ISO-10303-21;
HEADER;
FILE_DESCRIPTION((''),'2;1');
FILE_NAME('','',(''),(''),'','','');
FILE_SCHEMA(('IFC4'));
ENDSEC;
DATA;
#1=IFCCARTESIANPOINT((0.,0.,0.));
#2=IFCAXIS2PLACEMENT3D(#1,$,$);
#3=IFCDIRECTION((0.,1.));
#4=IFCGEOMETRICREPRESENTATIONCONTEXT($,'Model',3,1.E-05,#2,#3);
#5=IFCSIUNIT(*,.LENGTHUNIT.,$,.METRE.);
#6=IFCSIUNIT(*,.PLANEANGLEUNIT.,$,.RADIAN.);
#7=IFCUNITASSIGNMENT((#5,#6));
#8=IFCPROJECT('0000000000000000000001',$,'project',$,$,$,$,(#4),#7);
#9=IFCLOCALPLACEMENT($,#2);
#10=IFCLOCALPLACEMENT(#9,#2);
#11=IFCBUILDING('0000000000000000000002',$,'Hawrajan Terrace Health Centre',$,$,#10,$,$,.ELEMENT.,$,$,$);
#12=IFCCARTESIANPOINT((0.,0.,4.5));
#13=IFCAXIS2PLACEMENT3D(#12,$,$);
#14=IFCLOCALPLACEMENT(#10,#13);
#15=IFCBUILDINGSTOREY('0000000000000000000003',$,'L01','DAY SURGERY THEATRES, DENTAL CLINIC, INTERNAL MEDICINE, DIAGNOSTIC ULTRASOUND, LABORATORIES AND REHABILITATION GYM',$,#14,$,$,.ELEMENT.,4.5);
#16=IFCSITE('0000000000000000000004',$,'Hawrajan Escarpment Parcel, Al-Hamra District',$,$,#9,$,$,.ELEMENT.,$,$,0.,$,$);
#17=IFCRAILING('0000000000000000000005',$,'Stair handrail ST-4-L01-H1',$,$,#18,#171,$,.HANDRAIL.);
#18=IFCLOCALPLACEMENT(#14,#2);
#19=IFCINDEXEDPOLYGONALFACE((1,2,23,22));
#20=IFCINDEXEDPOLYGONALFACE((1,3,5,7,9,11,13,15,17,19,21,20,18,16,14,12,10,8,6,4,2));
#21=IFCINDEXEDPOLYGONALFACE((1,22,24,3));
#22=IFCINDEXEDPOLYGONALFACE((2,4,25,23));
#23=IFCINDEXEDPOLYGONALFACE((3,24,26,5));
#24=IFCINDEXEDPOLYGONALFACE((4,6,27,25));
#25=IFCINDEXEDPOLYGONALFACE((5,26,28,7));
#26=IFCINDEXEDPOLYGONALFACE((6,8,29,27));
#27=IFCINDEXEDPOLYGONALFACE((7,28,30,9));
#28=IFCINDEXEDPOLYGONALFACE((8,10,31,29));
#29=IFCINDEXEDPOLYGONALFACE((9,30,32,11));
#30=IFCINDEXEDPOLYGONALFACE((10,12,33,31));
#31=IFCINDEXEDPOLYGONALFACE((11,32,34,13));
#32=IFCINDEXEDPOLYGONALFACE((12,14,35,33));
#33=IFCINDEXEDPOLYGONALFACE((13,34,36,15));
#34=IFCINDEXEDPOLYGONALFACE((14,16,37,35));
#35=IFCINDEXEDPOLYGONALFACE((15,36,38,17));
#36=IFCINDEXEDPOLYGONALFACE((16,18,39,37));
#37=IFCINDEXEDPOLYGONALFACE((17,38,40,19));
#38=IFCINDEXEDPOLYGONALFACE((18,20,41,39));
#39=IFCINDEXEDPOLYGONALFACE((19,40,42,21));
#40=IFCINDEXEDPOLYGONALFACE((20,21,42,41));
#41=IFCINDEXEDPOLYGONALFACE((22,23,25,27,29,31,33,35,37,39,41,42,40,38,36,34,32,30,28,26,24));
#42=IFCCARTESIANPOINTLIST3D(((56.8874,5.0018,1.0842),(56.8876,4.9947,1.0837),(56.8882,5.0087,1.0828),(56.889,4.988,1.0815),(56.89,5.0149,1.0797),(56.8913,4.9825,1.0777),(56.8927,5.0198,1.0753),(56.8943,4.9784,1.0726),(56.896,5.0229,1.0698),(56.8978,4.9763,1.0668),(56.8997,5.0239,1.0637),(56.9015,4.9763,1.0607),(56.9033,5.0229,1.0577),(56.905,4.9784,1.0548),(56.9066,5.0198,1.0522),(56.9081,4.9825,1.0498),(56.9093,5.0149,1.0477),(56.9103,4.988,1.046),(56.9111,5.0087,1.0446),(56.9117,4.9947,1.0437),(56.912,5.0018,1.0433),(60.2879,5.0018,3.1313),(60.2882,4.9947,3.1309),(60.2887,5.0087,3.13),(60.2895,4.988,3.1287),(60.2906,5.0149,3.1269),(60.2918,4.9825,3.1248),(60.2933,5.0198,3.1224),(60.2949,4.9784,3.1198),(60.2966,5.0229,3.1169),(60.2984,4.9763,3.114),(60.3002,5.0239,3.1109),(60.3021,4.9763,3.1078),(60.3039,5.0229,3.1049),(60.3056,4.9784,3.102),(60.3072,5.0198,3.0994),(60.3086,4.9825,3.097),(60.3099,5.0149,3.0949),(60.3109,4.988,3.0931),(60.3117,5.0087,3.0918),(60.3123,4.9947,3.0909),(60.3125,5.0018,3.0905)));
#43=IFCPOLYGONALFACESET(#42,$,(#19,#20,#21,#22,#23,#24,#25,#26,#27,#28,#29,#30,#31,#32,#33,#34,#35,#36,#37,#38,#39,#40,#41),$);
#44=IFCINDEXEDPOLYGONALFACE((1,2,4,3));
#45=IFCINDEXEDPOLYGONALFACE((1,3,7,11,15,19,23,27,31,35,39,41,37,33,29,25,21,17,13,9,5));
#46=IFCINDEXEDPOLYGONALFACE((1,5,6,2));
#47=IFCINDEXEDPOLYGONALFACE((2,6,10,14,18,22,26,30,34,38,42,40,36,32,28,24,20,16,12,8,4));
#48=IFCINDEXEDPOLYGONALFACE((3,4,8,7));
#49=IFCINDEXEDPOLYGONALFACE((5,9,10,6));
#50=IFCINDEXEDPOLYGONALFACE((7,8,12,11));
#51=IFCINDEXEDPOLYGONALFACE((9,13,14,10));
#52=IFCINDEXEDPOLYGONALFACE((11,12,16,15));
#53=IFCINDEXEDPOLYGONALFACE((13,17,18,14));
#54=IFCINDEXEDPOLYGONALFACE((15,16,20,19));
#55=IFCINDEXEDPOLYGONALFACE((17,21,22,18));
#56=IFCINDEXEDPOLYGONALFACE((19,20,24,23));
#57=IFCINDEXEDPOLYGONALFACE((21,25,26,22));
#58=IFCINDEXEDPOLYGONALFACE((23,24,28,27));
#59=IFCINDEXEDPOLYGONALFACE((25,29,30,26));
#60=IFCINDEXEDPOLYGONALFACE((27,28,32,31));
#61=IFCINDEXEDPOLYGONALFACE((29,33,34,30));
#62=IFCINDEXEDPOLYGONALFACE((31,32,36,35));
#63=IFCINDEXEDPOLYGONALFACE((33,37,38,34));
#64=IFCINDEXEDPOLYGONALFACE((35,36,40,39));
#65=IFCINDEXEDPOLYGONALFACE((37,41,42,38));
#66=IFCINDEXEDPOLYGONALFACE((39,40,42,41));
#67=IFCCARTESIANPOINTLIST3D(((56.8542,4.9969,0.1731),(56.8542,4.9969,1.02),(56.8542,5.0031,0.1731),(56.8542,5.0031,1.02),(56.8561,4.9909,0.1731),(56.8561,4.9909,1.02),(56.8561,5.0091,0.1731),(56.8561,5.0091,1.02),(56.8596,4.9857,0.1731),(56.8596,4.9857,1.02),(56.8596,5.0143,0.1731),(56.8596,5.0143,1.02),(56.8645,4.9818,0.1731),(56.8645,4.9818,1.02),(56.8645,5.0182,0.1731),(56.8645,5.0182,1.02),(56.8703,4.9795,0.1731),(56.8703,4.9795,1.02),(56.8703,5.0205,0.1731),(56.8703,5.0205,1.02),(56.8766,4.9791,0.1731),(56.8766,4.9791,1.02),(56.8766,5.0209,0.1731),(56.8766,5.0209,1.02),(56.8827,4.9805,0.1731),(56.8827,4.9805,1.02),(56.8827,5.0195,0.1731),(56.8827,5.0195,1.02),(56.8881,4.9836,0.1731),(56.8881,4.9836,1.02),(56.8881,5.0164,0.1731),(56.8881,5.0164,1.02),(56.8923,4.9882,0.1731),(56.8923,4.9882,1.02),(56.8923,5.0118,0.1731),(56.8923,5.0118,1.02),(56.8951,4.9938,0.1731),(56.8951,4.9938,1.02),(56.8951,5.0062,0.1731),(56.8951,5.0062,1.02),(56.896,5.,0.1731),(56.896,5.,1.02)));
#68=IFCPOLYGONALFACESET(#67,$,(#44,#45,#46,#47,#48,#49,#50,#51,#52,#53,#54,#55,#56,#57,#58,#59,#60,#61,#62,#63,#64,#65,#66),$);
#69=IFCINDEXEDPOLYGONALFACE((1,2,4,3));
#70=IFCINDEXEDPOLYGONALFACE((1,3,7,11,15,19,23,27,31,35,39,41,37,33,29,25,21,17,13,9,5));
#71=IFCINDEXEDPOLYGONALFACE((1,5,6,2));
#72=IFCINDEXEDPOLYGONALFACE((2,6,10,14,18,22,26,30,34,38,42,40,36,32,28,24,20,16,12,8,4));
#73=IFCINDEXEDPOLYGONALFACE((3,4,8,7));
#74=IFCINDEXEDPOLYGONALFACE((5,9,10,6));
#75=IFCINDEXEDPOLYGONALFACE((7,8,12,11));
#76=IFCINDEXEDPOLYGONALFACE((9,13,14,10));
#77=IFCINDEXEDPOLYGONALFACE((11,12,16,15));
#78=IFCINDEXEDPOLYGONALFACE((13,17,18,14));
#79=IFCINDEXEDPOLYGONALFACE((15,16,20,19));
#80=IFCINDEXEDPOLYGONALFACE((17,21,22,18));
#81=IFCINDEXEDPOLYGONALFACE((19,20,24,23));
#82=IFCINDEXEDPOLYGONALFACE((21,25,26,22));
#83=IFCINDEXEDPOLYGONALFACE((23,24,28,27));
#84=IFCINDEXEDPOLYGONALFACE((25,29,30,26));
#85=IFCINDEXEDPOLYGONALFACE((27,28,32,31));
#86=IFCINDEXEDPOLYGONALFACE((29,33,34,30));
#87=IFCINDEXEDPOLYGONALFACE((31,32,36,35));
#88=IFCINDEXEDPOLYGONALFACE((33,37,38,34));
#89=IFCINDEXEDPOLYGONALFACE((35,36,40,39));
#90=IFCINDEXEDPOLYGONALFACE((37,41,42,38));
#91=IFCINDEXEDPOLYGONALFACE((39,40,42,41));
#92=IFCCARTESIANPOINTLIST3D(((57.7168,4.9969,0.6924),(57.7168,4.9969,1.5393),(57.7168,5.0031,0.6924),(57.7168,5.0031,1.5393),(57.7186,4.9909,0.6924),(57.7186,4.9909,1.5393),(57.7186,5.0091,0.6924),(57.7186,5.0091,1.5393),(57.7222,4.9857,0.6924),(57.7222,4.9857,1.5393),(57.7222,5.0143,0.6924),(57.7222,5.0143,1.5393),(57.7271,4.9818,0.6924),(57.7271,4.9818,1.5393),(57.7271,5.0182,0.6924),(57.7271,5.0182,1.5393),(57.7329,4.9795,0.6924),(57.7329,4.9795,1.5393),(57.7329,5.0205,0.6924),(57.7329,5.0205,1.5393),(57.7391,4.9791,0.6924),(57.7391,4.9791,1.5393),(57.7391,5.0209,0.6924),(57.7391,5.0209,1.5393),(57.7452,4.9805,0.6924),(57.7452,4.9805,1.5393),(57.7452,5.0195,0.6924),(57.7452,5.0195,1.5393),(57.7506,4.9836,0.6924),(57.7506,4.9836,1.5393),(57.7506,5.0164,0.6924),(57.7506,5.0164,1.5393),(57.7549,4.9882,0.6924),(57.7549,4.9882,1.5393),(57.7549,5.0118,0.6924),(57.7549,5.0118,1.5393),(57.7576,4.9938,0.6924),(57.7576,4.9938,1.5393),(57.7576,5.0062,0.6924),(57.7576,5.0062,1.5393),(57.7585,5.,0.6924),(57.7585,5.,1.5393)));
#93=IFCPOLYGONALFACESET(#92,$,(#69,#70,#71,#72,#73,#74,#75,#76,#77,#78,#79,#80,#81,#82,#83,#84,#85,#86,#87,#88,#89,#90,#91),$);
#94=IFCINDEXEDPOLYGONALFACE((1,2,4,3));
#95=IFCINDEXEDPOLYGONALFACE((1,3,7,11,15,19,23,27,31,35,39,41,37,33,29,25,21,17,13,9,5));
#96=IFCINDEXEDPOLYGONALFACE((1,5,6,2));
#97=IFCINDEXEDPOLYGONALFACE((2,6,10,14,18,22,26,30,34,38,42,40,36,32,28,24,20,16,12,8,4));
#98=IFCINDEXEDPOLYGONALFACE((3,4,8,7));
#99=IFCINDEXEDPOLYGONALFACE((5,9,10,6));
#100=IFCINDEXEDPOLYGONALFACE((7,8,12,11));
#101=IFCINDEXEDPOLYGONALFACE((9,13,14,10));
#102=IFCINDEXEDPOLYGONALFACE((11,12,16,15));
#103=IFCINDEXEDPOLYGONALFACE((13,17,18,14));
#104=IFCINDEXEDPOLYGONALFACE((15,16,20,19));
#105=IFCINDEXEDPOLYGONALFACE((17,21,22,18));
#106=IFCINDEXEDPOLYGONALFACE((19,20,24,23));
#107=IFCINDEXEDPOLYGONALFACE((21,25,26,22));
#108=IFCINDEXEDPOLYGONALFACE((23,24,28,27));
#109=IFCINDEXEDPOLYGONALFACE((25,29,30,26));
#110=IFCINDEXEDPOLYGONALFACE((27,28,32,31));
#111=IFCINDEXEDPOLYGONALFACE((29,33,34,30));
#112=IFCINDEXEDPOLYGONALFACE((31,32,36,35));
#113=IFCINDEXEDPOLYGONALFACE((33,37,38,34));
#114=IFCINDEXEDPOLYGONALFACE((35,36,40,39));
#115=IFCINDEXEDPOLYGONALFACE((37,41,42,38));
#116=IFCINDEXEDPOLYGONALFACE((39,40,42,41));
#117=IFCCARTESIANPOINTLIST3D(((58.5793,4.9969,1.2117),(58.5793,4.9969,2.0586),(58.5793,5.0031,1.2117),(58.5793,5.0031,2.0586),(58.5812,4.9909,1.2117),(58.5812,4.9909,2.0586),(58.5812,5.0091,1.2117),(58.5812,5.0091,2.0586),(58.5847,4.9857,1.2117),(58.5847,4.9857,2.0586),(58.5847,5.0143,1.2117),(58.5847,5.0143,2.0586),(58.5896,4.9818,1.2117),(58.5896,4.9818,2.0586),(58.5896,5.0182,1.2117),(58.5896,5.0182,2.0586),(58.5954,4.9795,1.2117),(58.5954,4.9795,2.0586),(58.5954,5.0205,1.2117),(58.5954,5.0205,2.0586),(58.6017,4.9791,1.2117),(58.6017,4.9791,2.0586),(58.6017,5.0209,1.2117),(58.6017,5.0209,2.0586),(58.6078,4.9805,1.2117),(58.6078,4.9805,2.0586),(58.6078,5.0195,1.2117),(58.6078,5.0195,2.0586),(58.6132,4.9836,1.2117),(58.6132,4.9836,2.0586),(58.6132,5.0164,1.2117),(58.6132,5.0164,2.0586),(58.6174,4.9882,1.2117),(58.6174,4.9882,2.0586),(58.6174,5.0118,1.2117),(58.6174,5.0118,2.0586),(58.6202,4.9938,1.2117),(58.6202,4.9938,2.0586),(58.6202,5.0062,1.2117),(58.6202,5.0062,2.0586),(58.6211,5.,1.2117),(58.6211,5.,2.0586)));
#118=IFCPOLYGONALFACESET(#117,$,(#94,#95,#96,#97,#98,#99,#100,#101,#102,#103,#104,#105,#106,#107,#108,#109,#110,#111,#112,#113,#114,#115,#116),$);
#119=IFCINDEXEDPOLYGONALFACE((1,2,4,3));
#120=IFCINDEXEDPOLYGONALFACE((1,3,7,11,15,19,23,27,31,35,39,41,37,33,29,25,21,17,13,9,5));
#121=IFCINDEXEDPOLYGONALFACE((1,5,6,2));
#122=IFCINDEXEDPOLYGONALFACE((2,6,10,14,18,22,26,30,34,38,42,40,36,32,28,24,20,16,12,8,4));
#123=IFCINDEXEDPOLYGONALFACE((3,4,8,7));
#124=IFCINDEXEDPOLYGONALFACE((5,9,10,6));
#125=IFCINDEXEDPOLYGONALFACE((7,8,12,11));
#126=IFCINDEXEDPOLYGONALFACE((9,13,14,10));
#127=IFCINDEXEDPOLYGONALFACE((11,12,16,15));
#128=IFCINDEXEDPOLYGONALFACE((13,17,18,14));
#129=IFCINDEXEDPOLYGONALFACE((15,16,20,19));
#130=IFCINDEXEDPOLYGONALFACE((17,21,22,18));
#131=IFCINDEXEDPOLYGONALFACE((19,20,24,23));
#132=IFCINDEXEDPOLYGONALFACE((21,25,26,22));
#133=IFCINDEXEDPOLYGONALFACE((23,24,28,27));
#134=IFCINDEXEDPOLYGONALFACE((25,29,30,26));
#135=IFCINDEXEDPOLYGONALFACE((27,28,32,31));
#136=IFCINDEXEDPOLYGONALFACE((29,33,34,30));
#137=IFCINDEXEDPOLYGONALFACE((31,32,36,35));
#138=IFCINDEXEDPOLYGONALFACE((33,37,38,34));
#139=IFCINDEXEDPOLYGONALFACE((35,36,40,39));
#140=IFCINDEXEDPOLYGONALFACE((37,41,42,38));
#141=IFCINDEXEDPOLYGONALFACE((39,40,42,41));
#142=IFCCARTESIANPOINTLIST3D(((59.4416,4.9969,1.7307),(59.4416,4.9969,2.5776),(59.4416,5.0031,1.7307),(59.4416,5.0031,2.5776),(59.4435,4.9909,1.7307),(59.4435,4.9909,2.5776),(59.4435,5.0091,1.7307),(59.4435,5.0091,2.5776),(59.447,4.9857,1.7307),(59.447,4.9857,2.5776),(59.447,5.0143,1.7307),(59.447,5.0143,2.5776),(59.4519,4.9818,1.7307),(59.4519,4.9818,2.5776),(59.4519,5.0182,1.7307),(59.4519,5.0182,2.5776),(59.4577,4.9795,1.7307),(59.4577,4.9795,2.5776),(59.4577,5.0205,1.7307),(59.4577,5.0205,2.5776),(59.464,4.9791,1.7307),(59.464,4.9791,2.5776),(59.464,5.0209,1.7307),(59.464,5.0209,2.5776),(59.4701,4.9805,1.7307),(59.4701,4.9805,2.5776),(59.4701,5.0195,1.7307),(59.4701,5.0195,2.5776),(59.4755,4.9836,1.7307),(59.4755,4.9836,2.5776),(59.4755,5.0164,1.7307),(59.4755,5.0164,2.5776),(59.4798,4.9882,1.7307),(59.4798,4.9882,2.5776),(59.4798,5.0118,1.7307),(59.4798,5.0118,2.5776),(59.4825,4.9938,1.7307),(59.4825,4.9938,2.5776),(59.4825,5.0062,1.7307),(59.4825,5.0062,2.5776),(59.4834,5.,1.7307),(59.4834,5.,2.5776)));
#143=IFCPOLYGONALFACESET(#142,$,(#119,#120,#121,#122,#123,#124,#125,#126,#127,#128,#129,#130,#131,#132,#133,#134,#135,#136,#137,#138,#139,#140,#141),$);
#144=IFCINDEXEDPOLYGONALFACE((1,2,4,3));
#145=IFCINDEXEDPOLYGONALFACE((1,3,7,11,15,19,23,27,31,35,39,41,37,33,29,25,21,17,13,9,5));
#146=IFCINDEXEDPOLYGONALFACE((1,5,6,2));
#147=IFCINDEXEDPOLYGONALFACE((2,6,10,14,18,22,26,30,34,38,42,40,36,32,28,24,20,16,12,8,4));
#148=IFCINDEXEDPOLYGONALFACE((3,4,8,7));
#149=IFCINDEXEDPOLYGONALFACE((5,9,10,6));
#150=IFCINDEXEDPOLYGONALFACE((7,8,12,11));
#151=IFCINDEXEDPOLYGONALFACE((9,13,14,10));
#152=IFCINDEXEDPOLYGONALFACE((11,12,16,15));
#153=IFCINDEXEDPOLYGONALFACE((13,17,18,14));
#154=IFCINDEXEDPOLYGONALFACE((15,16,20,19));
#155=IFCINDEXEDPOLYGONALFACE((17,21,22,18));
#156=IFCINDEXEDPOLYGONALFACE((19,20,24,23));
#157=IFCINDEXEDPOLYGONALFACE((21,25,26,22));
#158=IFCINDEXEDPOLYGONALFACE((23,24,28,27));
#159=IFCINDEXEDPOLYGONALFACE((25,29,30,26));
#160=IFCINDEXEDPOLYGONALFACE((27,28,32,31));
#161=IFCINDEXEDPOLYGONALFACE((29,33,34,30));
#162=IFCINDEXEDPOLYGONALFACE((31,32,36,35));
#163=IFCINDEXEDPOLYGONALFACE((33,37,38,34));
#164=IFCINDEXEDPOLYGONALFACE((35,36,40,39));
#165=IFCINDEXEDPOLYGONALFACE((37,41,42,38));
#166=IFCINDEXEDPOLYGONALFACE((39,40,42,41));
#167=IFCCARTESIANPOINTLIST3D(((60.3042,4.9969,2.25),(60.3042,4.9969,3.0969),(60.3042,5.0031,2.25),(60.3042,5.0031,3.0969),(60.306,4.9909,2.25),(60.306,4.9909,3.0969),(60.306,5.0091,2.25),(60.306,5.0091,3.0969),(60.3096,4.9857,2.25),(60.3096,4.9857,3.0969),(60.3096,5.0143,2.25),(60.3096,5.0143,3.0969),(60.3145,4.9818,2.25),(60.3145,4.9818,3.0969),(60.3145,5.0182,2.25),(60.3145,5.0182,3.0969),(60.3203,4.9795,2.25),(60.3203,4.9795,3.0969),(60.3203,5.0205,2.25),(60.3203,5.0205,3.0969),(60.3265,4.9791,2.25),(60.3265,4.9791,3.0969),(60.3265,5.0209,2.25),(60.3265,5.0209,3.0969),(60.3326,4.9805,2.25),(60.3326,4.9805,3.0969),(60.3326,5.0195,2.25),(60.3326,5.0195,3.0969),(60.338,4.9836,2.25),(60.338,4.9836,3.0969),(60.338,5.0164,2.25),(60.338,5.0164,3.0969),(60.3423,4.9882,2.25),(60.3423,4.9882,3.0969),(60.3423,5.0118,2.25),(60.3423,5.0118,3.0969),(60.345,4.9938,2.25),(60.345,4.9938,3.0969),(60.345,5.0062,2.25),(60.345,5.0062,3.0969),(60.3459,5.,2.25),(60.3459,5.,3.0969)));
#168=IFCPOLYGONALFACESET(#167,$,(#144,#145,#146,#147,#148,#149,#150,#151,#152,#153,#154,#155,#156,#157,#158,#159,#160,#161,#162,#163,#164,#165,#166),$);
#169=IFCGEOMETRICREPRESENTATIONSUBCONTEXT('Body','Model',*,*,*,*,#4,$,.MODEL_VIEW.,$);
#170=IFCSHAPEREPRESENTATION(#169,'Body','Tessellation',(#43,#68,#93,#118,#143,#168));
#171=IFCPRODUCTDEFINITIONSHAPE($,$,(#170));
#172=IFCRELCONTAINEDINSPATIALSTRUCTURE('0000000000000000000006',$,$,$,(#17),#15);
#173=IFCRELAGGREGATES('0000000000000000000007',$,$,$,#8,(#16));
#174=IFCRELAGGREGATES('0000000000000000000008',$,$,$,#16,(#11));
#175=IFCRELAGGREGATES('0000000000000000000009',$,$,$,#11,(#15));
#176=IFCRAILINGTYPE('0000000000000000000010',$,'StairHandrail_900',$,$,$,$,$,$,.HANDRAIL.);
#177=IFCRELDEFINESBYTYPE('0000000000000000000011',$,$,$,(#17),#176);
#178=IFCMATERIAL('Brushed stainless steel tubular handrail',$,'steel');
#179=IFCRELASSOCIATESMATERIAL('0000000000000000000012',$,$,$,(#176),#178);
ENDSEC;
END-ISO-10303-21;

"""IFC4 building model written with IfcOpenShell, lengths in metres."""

from ifc_helpers import new_model, si_unit, direction, frame, origin, origin_2d, place, context, subcontext, project, spatial, circle, extrude, material, type_object, element, save


model = new_model("IFC4")

# Units and contexts
model_context = context("Model", 3, precision=1e-05, world=origin(), true_north=direction((0.0, 1.0)))
body_context = subcontext(model_context, "Body", "Model", "MODEL_VIEW")
ifc_project = project(units=[si_unit("LENGTHUNIT", "METRE"), si_unit("PLANEANGLEUNIT", "RADIAN")], contexts=[model_context])

# Site, building, storey
site_placement = place(None, origin())
site = spatial("IfcSite", under=ifc_project, at=site_placement, Name="Hawrajan Escarpment Parcel, Al-Hamra District", CompositionType="ELEMENT", RefElevation=0.0)
building_placement = place(site_placement, origin())
building = spatial("IfcBuilding", under=site, at=building_placement, Name="Hawrajan Terrace Health Centre", CompositionType="ELEMENT")
storey_placement = place(building_placement, frame((0.0, 0.0, 4.5)))
storey = spatial("IfcBuildingStorey", under=building, at=storey_placement, Name="L01", Description="DAY SURGERY THEATRES, DENTAL CLINIC, INTERNAL MEDICINE, DIAGNOSTIC ULTRASOUND, LABORATORIES AND REHABILITATION GYM", CompositionType="ELEMENT", Elevation=4.5)

# Railing
ifc_material_1 = material(Name="Brushed stainless steel tubular handrail", Category="steel")
railing_type = type_object("IfcRailingType", Name="StairHandrail_900", PredefinedType="HANDRAIL", material=ifc_material_1)
railing_placement = place(storey_placement, frame((56.875, 5.0, 0.1731)))
element("IfcRailing", 1, at=railing_placement, inside=storey, type_object=railing_type, Name="Stair handrail ST-4-L01-H1", PredefinedType="HANDRAIL", context=body_context, shape_type="SweptSolid", body=[
    extrude(circle(Radius=0.0239, at=origin_2d()), frame((0.0247, 0.0, 0.8906), z_axis=(0.856732, 0.0, 0.515761), x_axis=(0.0, 1.0, 0.0)), (0.0, 0.0, 1.0), 3.9692),
    extrude(circle(Radius=0.021, at=origin_2d()), origin(), (0.0, 0.0, 1.0), 0.8469),
    extrude(circle(Radius=0.021, at=origin_2d()), frame((0.8625, 0.0, 0.5193)), (0.0, 0.0, 1.0), 0.8469),
    extrude(circle(Radius=0.021, at=origin_2d()), frame((1.7251, 0.0, 1.0386)), (0.0, 0.0, 1.0), 0.8469),
    extrude(circle(Radius=0.021, at=origin_2d()), frame((2.5874, 0.0, 1.5576)), (0.0, 0.0, 1.0), 0.8469),
    extrude(circle(Radius=0.021, at=origin_2d()), frame((3.45, 0.0, 2.0769)), (0.0, 0.0, 1.0), 0.8469),
])

save(model, "model.ifc")
